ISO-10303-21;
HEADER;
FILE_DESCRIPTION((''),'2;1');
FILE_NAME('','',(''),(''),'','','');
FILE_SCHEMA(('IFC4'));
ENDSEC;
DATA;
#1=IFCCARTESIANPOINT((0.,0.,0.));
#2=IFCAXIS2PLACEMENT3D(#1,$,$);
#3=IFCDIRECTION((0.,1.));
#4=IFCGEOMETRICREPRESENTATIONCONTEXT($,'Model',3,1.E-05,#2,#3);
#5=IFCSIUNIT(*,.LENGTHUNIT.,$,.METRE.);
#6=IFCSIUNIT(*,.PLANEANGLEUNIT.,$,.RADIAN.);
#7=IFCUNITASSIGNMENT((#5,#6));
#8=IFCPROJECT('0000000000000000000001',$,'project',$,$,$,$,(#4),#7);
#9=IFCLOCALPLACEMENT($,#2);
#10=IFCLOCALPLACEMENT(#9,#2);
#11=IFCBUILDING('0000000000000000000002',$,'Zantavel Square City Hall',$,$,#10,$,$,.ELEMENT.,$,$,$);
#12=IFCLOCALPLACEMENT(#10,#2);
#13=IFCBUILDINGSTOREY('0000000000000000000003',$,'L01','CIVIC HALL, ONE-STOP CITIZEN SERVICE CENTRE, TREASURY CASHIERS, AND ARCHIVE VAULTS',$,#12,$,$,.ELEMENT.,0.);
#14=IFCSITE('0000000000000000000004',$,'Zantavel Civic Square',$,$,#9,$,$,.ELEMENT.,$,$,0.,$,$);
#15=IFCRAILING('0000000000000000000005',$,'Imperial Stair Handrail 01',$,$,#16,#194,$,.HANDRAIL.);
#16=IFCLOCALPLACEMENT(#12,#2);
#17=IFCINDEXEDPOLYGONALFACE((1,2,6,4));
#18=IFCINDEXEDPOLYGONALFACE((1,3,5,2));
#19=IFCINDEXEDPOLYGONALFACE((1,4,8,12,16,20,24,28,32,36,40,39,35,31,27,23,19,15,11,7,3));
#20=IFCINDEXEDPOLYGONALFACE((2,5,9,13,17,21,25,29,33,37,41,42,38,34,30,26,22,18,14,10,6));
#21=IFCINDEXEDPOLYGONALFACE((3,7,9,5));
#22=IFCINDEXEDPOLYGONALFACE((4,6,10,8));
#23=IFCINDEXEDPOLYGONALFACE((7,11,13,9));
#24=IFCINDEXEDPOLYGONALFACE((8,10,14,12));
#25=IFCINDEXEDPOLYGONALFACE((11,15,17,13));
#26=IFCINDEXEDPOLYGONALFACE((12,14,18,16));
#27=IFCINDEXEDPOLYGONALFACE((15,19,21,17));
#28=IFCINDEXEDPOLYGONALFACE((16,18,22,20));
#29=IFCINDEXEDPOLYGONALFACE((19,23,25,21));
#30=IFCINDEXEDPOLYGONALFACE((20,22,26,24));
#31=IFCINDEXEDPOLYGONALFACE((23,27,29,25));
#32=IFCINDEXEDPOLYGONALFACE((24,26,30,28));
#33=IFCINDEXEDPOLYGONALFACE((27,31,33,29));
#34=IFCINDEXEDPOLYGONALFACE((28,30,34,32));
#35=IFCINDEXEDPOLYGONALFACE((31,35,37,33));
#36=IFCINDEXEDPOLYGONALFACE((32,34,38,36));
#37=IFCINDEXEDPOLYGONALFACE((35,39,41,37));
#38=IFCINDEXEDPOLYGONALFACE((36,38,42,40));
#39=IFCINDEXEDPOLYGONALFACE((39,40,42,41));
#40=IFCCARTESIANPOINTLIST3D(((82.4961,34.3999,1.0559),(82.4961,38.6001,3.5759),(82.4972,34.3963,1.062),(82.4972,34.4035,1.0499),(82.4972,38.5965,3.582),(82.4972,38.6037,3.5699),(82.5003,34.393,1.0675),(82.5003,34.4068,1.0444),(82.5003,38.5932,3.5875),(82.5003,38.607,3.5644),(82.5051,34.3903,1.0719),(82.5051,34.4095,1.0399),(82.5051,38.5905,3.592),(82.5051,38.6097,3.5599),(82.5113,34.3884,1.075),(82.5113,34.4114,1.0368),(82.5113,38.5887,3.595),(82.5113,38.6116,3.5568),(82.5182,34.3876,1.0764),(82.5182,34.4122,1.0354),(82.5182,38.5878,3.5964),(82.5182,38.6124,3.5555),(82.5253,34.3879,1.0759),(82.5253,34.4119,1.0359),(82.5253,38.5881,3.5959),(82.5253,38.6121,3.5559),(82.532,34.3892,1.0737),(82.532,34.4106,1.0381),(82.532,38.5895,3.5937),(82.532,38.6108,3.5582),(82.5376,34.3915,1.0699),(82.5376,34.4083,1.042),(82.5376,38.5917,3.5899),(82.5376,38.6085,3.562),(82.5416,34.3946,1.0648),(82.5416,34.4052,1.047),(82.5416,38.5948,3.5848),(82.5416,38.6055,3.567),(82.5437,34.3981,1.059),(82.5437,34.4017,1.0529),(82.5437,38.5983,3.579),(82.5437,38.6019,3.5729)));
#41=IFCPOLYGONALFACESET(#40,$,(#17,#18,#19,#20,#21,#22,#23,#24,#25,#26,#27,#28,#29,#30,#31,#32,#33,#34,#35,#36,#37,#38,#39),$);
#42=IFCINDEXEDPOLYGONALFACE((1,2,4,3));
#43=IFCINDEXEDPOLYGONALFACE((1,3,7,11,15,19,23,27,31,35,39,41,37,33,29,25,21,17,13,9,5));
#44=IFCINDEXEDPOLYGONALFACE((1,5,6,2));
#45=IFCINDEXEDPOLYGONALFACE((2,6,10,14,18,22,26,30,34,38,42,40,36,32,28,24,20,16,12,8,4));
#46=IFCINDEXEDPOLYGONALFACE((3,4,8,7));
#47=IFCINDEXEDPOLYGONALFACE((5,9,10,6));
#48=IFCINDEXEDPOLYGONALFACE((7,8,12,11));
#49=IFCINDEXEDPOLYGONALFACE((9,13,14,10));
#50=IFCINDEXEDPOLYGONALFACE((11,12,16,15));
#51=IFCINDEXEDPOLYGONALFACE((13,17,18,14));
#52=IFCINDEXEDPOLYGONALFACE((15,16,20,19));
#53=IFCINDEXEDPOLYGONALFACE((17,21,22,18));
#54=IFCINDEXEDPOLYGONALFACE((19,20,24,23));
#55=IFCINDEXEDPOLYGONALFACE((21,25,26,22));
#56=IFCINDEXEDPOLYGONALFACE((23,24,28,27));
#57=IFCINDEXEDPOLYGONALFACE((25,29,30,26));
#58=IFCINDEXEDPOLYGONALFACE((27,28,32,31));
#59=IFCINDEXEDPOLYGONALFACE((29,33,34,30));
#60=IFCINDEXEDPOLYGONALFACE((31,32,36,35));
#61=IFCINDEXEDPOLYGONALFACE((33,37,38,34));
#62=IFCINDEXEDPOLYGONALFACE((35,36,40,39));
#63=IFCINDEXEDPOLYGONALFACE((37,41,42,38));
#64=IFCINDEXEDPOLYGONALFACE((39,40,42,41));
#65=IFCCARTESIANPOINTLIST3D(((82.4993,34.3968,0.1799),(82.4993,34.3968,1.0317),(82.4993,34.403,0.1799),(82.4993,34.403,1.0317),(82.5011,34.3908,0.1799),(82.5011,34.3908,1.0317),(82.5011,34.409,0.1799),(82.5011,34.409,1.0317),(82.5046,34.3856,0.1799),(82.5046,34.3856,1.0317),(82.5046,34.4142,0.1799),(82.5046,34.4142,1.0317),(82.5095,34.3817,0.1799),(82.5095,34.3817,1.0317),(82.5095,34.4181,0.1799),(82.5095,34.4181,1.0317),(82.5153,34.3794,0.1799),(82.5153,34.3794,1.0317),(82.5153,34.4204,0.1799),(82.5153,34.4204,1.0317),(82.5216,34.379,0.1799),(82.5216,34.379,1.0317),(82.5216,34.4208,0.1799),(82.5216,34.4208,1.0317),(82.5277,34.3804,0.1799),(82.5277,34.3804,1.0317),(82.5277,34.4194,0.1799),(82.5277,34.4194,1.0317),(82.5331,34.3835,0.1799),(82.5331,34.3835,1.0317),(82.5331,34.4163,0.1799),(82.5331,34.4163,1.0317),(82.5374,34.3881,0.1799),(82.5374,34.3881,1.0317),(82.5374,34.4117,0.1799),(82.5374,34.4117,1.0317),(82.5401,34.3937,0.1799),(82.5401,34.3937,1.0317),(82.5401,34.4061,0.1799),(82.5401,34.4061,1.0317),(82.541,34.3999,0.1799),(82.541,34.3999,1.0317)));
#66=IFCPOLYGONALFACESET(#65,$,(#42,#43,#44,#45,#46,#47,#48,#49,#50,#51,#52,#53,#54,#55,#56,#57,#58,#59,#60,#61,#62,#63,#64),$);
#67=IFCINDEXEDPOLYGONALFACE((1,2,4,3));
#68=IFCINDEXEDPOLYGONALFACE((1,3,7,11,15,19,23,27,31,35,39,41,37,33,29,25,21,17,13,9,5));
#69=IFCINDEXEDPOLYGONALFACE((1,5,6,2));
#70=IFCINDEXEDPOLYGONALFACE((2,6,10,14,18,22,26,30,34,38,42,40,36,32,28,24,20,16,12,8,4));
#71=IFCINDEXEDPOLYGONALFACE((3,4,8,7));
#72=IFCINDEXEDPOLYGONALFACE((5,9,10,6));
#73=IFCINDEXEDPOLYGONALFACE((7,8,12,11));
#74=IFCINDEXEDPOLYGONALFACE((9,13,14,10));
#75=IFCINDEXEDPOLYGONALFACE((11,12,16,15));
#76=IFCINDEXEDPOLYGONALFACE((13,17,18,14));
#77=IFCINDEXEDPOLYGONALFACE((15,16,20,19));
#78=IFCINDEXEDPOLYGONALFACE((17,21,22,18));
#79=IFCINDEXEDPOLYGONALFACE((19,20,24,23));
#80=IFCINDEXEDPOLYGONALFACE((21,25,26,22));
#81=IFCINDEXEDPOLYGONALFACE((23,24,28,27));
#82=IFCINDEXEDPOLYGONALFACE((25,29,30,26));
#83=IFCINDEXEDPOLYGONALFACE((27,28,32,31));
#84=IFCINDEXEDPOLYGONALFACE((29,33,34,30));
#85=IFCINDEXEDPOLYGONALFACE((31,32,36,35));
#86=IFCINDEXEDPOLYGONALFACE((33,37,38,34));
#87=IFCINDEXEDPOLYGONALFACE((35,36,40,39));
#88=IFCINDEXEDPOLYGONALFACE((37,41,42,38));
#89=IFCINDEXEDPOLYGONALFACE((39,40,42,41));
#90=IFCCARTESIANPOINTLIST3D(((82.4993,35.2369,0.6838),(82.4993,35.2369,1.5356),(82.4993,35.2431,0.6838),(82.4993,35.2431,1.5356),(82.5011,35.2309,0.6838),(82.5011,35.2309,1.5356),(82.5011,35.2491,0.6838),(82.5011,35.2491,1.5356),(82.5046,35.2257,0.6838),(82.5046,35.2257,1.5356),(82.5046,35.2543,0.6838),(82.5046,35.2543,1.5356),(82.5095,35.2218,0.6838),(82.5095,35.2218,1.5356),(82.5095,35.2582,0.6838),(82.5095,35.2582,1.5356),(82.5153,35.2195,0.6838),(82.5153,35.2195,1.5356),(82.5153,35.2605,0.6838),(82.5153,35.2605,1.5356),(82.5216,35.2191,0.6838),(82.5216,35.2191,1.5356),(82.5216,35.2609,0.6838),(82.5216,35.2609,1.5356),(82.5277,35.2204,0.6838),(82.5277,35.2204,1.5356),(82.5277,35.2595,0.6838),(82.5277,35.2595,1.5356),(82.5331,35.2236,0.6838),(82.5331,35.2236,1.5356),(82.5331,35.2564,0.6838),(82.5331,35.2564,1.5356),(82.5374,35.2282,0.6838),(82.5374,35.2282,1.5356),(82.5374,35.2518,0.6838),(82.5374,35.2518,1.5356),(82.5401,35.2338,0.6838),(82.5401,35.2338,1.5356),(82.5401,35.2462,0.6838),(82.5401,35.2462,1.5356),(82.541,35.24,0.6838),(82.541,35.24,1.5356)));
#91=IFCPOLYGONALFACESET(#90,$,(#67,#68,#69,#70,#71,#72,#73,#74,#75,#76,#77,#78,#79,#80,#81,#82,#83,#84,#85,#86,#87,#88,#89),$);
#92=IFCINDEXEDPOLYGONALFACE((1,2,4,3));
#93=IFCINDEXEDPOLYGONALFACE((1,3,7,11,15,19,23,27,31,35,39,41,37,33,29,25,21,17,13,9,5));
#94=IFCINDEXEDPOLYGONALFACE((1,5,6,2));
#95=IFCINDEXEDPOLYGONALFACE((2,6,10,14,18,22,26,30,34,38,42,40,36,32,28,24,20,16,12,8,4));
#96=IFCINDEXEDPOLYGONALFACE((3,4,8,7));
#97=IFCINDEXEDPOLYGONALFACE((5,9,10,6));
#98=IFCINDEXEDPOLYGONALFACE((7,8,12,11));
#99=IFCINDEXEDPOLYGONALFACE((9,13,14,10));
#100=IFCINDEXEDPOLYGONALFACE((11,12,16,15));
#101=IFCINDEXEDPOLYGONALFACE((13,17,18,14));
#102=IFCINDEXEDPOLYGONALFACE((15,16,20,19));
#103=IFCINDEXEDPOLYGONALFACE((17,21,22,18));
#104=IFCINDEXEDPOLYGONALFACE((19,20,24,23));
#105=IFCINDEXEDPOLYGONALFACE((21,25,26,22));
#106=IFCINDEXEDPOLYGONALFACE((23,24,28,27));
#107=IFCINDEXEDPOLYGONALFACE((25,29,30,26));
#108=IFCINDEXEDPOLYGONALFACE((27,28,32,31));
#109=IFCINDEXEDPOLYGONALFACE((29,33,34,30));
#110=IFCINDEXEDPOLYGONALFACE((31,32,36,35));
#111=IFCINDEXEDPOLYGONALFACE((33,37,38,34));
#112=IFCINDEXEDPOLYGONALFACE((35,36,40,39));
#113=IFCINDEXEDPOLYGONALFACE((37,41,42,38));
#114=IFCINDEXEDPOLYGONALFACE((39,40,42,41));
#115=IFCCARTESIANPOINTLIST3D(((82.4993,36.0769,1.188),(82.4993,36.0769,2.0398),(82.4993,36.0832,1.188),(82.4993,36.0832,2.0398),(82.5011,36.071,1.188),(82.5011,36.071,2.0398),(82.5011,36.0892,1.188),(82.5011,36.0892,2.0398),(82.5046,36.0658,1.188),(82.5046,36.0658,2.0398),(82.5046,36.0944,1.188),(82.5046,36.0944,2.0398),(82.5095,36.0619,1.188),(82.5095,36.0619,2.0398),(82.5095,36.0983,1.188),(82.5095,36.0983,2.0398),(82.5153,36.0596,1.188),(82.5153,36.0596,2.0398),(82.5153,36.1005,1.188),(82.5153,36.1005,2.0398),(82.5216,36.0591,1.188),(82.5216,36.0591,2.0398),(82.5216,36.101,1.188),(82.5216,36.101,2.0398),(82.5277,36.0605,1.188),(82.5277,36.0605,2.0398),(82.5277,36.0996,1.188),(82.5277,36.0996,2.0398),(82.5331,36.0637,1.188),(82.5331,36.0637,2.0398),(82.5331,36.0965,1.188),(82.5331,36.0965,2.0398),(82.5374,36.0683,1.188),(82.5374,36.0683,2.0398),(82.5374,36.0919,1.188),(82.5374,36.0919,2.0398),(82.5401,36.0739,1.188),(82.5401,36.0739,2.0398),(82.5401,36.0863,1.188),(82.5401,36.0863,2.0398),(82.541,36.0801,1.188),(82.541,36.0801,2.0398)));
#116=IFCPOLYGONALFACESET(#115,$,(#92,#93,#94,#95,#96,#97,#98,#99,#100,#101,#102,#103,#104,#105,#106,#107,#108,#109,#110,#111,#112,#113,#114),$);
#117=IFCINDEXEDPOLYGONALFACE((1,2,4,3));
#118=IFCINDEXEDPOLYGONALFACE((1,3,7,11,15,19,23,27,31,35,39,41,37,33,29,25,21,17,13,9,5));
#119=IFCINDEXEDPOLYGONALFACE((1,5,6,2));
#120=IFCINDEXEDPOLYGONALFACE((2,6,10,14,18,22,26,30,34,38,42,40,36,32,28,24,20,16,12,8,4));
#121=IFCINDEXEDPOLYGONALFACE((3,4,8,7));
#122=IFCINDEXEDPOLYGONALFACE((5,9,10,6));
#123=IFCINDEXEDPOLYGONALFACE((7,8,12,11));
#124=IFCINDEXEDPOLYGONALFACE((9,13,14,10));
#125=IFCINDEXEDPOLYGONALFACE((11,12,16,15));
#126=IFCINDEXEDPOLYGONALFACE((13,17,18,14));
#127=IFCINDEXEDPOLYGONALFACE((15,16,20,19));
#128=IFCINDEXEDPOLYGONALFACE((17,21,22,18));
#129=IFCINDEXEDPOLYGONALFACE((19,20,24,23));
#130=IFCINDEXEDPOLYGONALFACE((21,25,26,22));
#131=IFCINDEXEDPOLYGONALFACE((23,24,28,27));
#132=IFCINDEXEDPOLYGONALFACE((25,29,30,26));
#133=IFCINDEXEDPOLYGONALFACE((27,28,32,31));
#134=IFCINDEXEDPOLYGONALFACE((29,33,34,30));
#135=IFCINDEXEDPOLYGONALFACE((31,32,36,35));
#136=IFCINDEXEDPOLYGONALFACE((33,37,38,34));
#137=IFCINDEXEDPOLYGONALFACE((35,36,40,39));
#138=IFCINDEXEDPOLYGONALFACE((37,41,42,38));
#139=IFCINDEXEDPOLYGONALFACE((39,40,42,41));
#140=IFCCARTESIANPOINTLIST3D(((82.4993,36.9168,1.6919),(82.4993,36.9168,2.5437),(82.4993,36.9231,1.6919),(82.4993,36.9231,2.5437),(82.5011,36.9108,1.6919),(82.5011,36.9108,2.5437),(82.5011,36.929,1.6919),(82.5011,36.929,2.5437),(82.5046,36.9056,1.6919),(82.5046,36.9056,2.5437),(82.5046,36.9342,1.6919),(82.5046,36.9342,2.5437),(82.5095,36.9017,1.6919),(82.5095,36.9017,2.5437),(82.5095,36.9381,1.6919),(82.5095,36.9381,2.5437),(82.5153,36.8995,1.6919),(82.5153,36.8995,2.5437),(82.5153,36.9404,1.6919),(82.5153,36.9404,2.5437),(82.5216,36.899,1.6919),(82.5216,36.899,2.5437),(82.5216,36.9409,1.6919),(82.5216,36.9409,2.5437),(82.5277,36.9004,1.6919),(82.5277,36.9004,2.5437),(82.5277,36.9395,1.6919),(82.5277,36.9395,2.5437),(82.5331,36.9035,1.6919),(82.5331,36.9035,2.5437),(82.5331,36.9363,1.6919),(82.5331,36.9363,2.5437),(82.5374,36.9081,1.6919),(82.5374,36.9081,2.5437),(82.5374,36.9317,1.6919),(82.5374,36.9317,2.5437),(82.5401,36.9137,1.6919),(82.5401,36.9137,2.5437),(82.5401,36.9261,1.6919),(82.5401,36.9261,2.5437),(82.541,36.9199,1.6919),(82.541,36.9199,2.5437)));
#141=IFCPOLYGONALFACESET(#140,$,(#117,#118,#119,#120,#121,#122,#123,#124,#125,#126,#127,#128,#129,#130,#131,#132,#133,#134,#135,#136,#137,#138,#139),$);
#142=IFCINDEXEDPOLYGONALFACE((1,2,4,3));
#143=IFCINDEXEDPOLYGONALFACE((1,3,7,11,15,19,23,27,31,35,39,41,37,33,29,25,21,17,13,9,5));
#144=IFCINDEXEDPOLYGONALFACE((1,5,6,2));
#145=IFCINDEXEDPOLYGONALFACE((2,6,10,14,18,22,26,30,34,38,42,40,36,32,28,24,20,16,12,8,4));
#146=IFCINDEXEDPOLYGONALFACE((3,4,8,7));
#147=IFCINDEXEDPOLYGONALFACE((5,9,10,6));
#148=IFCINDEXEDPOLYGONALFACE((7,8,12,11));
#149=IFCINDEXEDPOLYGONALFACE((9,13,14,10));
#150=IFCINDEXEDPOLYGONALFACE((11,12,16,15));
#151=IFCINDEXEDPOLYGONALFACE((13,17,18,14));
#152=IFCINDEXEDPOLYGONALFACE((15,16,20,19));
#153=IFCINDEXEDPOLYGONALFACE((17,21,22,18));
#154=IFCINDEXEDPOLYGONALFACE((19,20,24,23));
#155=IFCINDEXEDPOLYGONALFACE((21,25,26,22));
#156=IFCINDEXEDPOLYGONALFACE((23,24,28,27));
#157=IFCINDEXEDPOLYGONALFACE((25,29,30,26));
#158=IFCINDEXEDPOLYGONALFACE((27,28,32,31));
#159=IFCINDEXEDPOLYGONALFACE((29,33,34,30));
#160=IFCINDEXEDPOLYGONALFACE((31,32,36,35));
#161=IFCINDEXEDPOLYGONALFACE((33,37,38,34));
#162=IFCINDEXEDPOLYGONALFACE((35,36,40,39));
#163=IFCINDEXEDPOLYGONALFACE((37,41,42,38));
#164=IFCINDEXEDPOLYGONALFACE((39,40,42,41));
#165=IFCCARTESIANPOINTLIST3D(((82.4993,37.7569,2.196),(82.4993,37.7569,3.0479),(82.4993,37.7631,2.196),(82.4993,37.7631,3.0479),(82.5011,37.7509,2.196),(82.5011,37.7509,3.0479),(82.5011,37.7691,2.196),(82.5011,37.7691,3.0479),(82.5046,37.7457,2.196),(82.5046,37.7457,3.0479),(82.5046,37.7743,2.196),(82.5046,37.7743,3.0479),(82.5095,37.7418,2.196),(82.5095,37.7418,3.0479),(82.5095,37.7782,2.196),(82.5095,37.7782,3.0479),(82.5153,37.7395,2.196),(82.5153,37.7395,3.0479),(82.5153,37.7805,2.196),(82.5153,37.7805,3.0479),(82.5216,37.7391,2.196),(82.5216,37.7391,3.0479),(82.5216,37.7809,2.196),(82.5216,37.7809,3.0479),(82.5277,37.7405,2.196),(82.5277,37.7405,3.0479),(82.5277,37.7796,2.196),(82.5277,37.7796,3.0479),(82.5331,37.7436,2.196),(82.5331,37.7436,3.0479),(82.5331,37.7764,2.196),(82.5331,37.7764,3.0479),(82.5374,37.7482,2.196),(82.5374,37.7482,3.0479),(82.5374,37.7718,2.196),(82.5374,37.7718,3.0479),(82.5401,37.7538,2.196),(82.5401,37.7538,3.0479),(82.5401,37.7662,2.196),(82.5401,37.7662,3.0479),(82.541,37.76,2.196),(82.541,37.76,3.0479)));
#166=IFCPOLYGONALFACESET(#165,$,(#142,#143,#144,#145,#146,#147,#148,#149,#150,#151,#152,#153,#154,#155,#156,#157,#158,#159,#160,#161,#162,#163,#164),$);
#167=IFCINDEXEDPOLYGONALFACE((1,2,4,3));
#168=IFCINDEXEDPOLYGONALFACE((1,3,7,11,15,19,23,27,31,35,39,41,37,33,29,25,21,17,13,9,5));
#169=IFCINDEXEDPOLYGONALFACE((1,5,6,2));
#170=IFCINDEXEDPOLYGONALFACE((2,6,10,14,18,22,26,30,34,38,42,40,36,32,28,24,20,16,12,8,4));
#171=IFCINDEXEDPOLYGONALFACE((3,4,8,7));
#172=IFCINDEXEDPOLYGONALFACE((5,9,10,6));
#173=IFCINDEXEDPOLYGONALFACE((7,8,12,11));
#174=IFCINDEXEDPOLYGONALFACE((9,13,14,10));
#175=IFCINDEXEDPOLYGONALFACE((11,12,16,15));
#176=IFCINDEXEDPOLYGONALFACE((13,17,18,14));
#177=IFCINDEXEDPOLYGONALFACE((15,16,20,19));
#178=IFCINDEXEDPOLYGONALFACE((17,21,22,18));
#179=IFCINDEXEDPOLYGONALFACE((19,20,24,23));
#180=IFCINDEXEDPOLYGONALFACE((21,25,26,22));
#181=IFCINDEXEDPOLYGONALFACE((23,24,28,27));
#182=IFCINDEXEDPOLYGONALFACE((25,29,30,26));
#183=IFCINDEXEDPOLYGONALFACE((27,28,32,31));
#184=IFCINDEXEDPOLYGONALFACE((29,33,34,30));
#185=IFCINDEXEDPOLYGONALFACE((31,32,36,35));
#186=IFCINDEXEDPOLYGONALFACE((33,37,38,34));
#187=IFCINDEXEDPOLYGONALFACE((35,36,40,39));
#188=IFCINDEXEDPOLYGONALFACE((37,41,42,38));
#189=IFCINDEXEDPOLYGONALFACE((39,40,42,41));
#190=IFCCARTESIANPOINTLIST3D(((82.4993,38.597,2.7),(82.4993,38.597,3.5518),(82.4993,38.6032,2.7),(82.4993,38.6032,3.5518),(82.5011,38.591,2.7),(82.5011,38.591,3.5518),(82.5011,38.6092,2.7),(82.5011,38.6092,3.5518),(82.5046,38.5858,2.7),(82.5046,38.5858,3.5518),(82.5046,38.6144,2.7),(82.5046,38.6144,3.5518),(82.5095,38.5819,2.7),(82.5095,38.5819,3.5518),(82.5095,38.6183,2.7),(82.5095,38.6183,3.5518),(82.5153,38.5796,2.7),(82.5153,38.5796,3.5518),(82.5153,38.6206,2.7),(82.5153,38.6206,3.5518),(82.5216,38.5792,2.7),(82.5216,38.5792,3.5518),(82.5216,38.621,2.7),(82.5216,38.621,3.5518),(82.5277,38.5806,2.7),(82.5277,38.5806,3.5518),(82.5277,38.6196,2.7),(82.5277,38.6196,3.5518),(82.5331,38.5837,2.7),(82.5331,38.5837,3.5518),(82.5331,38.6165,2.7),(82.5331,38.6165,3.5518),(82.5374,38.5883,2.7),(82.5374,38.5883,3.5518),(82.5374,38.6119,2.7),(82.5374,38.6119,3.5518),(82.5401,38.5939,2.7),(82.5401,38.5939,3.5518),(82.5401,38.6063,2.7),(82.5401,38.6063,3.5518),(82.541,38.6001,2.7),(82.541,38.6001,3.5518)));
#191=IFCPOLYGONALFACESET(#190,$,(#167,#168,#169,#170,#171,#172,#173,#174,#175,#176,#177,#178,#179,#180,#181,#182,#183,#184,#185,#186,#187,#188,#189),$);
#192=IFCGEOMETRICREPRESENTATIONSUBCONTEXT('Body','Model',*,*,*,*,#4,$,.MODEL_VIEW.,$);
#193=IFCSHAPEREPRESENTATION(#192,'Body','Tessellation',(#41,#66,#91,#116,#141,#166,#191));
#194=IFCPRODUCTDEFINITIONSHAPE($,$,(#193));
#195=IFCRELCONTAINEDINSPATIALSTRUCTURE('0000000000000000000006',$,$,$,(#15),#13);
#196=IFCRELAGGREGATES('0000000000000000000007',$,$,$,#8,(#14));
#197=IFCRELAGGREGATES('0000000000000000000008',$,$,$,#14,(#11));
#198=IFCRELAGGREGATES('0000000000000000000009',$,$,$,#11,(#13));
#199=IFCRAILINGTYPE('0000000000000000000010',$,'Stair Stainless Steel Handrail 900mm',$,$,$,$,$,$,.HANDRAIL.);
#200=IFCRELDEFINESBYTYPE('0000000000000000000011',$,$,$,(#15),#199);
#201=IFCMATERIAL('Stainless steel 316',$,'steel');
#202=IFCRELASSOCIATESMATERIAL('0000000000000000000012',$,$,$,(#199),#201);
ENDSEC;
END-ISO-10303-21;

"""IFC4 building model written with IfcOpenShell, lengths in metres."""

from ifc_helpers import new_model, si_unit, direction, frame, origin, origin_2d, place, context, subcontext, project, spatial, circle, extrude, material, type_object, element, save


model = new_model("IFC4")

# Units and contexts
model_context = context("Model", 3, precision=1e-05, world=origin(), true_north=direction((0.0, 1.0)))
body_context = subcontext(model_context, "Body", "Model", "MODEL_VIEW")
ifc_project = project(units=[si_unit("LENGTHUNIT", "METRE"), si_unit("PLANEANGLEUNIT", "RADIAN")], contexts=[model_context])

# Site, building, storey
site_placement = place(None, origin())
site = spatial("IfcSite", under=ifc_project, at=site_placement, Name="Zantavel Civic Square", CompositionType="ELEMENT", RefElevation=0.0)
building_placement = place(site_placement, origin())
building = spatial("IfcBuilding", under=site, at=building_placement, Name="Zantavel Square City Hall", CompositionType="ELEMENT")
storey_placement = place(building_placement, origin())
storey = spatial("IfcBuildingStorey", under=building, at=storey_placement, Name="L01", Description="CIVIC HALL, ONE-STOP CITIZEN SERVICE CENTRE, TREASURY CASHIERS, AND ARCHIVE VAULTS", CompositionType="ELEMENT", Elevation=0.0)

# Railing
ifc_material_1 = material(Name="Stainless steel 316", Category="steel")
railing_type_1 = type_object("IfcRailingType", Name="Stair Stainless Steel Handrail 900mm", PredefinedType="HANDRAIL", material=ifc_material_1)
for number, where, name in (
    (1, (82.52, 34.3999, 0.1799), "Imperial Stair Handrail 01"),
):
    element("IfcRailing", number, at=place(storey_placement, frame(where)), inside=storey, type_object=railing_type_1, Name=name, PredefinedType="HANDRAIL", context=body_context, shape_type="SweptSolid", body=[
        extrude(circle(Radius=0.0239, at=origin_2d()), frame((0.0, 0.0, 0.876), z_axis=(0.0, 0.857502, 0.514481), x_axis=(-1.0, 0.0, 0.0)), (0.0, 0.0, 1.0), 4.8982),
        extrude(circle(Radius=0.021, at=origin_2d()), origin(), (0.0, 0.0, 1.0), 0.8518),
        extrude(circle(Radius=0.021, at=origin_2d()), frame((0.0, 0.8401, 0.5039)), (0.0, 0.0, 1.0), 0.8518),
        extrude(circle(Radius=0.021, at=origin_2d()), frame((0.0, 1.6802, 1.0081)), (0.0, 0.0, 1.0), 0.8518),
        extrude(circle(Radius=0.021, at=origin_2d()), frame((0.0, 2.52, 1.512)), (0.0, 0.0, 1.0), 0.8518),
        extrude(circle(Radius=0.021, at=origin_2d()), frame((0.0, 3.3601, 2.0161)), (0.0, 0.0, 1.0), 0.8518),
        extrude(circle(Radius=0.021, at=origin_2d()), frame((0.0, 4.2002, 2.52)), (0.0, 0.0, 1.0), 0.8518),
    ])

save(model, "model.ifc")
